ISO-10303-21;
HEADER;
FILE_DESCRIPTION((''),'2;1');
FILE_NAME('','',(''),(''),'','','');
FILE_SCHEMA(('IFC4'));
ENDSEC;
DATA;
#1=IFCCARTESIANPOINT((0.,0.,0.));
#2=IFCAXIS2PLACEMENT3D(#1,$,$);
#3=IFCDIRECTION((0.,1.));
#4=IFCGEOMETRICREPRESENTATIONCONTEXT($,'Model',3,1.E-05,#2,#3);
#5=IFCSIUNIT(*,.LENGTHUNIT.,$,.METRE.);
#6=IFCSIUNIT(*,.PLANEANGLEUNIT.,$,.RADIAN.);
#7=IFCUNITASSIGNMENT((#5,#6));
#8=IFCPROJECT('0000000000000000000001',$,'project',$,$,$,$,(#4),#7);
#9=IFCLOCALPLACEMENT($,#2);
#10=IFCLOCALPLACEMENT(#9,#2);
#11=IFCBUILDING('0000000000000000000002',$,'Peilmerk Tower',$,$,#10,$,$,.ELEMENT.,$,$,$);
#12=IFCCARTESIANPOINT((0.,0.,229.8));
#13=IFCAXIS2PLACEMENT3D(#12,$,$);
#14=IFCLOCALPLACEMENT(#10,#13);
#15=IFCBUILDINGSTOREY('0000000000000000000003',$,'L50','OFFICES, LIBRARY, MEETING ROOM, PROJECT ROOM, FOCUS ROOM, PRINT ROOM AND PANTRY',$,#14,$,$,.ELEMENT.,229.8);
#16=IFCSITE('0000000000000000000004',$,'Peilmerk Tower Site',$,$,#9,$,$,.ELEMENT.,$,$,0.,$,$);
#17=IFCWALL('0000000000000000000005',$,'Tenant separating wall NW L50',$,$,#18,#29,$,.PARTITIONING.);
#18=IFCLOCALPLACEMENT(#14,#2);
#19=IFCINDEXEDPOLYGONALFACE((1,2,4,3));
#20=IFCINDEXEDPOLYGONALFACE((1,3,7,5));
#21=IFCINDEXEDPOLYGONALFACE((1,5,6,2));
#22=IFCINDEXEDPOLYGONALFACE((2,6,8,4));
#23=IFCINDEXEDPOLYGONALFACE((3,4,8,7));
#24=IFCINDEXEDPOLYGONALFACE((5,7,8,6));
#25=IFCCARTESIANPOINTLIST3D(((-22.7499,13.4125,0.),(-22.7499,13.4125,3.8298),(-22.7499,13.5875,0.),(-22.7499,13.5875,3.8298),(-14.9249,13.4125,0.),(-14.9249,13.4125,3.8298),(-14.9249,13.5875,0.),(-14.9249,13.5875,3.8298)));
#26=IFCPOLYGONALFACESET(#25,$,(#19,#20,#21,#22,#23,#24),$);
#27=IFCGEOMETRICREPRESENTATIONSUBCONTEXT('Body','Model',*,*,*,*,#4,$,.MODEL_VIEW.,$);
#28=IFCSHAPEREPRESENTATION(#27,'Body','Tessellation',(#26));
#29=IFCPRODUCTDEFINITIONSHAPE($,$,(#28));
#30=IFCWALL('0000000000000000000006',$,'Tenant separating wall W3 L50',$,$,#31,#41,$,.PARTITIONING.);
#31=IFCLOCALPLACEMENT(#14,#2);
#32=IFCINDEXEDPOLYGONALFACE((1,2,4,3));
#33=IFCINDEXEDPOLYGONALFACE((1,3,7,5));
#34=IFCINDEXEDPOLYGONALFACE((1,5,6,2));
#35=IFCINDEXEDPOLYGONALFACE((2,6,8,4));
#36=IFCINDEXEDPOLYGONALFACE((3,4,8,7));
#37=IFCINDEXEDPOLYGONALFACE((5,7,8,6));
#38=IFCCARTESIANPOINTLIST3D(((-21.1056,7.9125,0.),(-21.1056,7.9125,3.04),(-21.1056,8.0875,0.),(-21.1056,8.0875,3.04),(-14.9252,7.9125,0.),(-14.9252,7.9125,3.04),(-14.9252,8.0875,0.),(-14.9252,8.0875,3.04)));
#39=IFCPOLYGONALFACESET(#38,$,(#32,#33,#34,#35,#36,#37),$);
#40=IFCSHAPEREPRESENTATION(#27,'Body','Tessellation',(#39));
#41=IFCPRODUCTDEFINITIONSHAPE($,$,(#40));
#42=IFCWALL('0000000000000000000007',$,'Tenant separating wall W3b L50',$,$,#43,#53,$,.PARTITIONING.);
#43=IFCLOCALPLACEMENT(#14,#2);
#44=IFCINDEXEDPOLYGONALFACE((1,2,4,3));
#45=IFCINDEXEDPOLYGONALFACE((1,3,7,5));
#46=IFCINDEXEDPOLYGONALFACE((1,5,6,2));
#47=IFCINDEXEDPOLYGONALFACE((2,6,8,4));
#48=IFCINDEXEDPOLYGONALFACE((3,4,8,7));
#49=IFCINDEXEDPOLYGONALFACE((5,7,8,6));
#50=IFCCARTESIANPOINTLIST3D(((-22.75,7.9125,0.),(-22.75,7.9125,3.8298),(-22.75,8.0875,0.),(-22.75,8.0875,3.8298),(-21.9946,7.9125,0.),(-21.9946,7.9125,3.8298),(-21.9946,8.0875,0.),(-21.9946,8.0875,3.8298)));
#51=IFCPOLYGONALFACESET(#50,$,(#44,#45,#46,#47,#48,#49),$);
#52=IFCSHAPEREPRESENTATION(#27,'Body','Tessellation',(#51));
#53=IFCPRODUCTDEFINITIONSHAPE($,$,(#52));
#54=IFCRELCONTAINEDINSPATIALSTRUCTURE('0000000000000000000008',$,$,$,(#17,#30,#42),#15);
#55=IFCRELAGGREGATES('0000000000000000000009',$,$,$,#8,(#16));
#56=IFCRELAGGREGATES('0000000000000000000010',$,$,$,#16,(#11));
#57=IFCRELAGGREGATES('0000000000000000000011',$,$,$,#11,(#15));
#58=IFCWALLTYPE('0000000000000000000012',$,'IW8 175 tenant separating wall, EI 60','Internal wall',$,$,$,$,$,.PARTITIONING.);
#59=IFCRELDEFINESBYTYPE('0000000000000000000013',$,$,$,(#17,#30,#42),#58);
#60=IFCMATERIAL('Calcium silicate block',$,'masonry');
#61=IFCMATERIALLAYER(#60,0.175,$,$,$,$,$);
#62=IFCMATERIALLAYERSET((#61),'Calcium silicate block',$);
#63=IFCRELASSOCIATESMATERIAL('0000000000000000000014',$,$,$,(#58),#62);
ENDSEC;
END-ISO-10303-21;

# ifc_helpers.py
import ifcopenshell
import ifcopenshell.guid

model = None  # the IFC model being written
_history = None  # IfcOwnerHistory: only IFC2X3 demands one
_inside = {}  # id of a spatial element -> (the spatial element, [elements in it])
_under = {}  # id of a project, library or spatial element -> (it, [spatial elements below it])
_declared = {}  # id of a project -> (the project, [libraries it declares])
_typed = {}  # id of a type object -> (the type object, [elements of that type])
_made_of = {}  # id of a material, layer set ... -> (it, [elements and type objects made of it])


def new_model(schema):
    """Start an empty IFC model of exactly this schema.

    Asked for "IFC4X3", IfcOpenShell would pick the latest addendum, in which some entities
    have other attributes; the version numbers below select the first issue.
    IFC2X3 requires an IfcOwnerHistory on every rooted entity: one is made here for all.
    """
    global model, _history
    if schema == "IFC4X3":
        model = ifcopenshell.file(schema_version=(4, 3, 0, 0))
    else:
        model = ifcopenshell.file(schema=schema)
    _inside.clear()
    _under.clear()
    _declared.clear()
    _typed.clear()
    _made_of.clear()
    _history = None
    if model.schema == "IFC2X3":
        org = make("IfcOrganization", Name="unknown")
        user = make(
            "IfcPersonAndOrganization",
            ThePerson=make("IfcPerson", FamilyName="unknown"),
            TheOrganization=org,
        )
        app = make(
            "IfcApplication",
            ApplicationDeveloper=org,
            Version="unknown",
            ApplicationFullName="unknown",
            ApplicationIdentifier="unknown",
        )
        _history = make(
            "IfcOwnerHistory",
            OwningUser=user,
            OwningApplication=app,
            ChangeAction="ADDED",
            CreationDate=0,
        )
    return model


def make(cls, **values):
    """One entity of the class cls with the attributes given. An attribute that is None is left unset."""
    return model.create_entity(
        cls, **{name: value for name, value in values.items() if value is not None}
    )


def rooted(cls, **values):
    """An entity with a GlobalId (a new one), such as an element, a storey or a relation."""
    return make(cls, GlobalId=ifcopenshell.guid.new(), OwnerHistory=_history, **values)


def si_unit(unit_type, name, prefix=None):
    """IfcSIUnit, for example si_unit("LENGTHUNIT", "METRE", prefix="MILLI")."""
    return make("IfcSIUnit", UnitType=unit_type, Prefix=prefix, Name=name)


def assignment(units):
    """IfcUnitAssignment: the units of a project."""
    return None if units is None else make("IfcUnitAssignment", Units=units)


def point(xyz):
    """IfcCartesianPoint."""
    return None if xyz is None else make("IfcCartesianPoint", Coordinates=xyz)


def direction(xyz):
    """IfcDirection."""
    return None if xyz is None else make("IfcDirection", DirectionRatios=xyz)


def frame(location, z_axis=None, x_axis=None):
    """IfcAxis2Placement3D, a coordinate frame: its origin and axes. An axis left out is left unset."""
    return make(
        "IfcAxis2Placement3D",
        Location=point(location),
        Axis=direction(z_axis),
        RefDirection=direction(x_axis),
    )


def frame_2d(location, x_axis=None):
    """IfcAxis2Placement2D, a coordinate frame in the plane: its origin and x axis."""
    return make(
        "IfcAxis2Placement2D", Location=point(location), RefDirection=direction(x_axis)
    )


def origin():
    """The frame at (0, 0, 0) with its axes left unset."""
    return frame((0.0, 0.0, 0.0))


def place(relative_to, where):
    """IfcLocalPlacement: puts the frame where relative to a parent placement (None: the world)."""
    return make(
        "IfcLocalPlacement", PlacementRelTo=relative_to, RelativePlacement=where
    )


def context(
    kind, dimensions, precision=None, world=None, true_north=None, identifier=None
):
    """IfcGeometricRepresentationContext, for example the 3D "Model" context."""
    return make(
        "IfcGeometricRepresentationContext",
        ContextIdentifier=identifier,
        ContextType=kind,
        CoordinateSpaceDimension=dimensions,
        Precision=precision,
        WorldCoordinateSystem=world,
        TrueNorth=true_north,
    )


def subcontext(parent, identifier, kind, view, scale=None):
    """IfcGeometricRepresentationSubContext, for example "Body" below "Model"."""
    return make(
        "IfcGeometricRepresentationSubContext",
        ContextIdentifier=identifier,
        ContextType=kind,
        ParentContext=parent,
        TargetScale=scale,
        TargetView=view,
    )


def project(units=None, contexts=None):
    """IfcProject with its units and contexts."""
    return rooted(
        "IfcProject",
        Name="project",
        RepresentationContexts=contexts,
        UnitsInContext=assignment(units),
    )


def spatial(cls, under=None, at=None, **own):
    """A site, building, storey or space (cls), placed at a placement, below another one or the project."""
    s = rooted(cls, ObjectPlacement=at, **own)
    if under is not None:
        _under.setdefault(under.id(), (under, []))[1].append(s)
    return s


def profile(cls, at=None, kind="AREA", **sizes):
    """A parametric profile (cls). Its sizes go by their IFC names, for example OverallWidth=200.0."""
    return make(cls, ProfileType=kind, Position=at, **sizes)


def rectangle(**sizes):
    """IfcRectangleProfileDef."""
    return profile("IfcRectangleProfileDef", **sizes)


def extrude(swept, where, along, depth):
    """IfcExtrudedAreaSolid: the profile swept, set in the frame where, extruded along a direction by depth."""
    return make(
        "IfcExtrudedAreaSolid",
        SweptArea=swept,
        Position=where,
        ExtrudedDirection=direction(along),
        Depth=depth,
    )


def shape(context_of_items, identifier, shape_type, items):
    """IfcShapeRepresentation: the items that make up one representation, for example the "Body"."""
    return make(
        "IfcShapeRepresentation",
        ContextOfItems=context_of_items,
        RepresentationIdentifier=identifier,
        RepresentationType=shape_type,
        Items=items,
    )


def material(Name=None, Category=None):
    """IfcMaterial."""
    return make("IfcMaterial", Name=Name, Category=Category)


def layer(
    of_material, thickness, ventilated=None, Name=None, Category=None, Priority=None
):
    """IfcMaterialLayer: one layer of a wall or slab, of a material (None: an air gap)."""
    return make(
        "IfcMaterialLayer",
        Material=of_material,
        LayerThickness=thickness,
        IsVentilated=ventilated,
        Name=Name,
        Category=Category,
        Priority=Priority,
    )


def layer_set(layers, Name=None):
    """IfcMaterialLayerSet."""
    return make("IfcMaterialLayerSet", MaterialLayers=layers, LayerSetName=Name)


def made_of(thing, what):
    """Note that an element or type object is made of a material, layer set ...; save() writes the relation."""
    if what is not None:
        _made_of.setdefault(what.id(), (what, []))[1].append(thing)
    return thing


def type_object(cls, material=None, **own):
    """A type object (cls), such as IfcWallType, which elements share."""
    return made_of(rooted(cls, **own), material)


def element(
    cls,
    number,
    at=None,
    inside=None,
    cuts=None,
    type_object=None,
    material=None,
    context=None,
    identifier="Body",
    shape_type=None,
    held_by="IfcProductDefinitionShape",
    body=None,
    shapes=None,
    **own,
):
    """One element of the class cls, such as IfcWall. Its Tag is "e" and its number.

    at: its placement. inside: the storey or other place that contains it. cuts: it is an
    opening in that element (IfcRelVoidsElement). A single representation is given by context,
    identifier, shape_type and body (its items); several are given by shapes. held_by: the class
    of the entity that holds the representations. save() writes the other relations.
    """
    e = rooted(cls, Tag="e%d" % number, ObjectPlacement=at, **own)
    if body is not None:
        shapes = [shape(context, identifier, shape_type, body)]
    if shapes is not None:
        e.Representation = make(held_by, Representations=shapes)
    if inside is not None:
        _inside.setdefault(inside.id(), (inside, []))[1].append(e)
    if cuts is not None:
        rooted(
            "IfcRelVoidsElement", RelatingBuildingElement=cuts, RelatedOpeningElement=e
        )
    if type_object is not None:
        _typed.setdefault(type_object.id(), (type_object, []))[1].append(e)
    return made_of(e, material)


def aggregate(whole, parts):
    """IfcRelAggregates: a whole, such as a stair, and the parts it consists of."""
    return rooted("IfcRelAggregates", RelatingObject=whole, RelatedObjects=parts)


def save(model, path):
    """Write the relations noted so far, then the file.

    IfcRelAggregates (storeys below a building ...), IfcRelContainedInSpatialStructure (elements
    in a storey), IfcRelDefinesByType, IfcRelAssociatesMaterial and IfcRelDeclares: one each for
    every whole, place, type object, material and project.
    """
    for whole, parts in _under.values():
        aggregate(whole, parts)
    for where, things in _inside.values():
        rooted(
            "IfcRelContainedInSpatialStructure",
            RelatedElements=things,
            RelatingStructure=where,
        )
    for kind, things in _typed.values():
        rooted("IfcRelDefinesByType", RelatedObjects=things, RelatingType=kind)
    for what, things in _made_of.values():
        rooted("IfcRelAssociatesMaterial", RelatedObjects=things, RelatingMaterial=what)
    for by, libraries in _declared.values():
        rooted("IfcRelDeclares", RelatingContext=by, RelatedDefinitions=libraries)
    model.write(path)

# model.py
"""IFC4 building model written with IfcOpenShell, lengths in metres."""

from ifc_helpers import new_model, si_unit, direction, frame, frame_2d, origin, place, context, subcontext, project, spatial, rectangle, extrude, material, layer, layer_set, type_object, element, save


model = new_model("IFC4")

# Units and contexts
model_context = context("Model", 3, precision=1e-05, world=origin(), true_north=direction((0.0, 1.0)))
body_context = subcontext(model_context, "Body", "Model", "MODEL_VIEW")
ifc_project = project(units=[si_unit("LENGTHUNIT", "METRE"), si_unit("PLANEANGLEUNIT", "RADIAN")], contexts=[model_context])

# Site, building, storey
site_placement = place(None, origin())
site = spatial("IfcSite", under=ifc_project, at=site_placement, Name="Peilmerk Tower Site", CompositionType="ELEMENT", RefElevation=0.0)
building_placement = place(site_placement, origin())
building = spatial("IfcBuilding", under=site, at=building_placement, Name="Peilmerk Tower", CompositionType="ELEMENT")
storey_placement = place(building_placement, frame((0.0, 0.0, 229.8)))
storey = spatial("IfcBuildingStorey", under=building, at=storey_placement, Name="L50", Description="OFFICES, LIBRARY, MEETING ROOM, PROJECT ROOM, FOCUS ROOM, PRINT ROOM AND PANTRY", CompositionType="ELEMENT", Elevation=229.8)

# Shared definitions
ifc_material_1 = material(Name="Calcium silicate block", Category="masonry")

# Walls
ifc_layer_1 = layer(ifc_material_1, 0.175)
ifc_layer_set_1 = layer_set([ifc_layer_1], Name="Calcium silicate block")
wall_type_1 = type_object("IfcWallType", Name="IW8 175 tenant separating wall, EI 60", Description="Internal wall", PredefinedType="PARTITIONING", material=ifc_layer_set_1)
wall_1_placement = place(storey_placement, frame((-22.75, 13.5, 0.0), z_axis=(0.0, 0.0, 1.0), x_axis=(1.0, 0.0, 0.0)))
element("IfcWall", 1, at=wall_1_placement, inside=storey, type_object=wall_type_1, Name="Tenant separating wall NW L50", PredefinedType="PARTITIONING", context=body_context, shape_type="SweptSolid", body=[
    extrude(rectangle(XDim=7.825, YDim=0.175, at=frame_2d((3.9126, 0.0))), origin(), (0.0, 0.0, 1.0), 3.8298),
])
wall_2_placement = place(storey_placement, frame((-14.925, 8.0, 0.0), z_axis=(0.0, 0.0, 1.0), x_axis=(-1.0, 0.0, 0.0)))
element("IfcWall", 2, at=wall_2_placement, inside=storey, type_object=wall_type_1, Name="Tenant separating wall W3 L50", PredefinedType="PARTITIONING", context=body_context, shape_type="SweptSolid", body=[
    extrude(rectangle(XDim=6.1804, YDim=0.175, at=frame_2d((3.0903, 0.0))), origin(), (0.0, 0.0, 1.0), 3.04),
])
wall_3_placement = place(storey_placement, frame((-21.9946, 8.0, 0.0), z_axis=(0.0, 0.0, 1.0), x_axis=(-1.0, 0.0, 0.0)))
element("IfcWall", 3, at=wall_3_placement, inside=storey, type_object=wall_type_1, Name="Tenant separating wall W3b L50", PredefinedType="PARTITIONING", context=body_context, shape_type="SweptSolid", body=[
    extrude(rectangle(XDim=0.7554, YDim=0.175, at=frame_2d((0.3777, 0.0))), origin(), (0.0, 0.0, 1.0), 3.8298),
])

save(model, "model.ifc")
